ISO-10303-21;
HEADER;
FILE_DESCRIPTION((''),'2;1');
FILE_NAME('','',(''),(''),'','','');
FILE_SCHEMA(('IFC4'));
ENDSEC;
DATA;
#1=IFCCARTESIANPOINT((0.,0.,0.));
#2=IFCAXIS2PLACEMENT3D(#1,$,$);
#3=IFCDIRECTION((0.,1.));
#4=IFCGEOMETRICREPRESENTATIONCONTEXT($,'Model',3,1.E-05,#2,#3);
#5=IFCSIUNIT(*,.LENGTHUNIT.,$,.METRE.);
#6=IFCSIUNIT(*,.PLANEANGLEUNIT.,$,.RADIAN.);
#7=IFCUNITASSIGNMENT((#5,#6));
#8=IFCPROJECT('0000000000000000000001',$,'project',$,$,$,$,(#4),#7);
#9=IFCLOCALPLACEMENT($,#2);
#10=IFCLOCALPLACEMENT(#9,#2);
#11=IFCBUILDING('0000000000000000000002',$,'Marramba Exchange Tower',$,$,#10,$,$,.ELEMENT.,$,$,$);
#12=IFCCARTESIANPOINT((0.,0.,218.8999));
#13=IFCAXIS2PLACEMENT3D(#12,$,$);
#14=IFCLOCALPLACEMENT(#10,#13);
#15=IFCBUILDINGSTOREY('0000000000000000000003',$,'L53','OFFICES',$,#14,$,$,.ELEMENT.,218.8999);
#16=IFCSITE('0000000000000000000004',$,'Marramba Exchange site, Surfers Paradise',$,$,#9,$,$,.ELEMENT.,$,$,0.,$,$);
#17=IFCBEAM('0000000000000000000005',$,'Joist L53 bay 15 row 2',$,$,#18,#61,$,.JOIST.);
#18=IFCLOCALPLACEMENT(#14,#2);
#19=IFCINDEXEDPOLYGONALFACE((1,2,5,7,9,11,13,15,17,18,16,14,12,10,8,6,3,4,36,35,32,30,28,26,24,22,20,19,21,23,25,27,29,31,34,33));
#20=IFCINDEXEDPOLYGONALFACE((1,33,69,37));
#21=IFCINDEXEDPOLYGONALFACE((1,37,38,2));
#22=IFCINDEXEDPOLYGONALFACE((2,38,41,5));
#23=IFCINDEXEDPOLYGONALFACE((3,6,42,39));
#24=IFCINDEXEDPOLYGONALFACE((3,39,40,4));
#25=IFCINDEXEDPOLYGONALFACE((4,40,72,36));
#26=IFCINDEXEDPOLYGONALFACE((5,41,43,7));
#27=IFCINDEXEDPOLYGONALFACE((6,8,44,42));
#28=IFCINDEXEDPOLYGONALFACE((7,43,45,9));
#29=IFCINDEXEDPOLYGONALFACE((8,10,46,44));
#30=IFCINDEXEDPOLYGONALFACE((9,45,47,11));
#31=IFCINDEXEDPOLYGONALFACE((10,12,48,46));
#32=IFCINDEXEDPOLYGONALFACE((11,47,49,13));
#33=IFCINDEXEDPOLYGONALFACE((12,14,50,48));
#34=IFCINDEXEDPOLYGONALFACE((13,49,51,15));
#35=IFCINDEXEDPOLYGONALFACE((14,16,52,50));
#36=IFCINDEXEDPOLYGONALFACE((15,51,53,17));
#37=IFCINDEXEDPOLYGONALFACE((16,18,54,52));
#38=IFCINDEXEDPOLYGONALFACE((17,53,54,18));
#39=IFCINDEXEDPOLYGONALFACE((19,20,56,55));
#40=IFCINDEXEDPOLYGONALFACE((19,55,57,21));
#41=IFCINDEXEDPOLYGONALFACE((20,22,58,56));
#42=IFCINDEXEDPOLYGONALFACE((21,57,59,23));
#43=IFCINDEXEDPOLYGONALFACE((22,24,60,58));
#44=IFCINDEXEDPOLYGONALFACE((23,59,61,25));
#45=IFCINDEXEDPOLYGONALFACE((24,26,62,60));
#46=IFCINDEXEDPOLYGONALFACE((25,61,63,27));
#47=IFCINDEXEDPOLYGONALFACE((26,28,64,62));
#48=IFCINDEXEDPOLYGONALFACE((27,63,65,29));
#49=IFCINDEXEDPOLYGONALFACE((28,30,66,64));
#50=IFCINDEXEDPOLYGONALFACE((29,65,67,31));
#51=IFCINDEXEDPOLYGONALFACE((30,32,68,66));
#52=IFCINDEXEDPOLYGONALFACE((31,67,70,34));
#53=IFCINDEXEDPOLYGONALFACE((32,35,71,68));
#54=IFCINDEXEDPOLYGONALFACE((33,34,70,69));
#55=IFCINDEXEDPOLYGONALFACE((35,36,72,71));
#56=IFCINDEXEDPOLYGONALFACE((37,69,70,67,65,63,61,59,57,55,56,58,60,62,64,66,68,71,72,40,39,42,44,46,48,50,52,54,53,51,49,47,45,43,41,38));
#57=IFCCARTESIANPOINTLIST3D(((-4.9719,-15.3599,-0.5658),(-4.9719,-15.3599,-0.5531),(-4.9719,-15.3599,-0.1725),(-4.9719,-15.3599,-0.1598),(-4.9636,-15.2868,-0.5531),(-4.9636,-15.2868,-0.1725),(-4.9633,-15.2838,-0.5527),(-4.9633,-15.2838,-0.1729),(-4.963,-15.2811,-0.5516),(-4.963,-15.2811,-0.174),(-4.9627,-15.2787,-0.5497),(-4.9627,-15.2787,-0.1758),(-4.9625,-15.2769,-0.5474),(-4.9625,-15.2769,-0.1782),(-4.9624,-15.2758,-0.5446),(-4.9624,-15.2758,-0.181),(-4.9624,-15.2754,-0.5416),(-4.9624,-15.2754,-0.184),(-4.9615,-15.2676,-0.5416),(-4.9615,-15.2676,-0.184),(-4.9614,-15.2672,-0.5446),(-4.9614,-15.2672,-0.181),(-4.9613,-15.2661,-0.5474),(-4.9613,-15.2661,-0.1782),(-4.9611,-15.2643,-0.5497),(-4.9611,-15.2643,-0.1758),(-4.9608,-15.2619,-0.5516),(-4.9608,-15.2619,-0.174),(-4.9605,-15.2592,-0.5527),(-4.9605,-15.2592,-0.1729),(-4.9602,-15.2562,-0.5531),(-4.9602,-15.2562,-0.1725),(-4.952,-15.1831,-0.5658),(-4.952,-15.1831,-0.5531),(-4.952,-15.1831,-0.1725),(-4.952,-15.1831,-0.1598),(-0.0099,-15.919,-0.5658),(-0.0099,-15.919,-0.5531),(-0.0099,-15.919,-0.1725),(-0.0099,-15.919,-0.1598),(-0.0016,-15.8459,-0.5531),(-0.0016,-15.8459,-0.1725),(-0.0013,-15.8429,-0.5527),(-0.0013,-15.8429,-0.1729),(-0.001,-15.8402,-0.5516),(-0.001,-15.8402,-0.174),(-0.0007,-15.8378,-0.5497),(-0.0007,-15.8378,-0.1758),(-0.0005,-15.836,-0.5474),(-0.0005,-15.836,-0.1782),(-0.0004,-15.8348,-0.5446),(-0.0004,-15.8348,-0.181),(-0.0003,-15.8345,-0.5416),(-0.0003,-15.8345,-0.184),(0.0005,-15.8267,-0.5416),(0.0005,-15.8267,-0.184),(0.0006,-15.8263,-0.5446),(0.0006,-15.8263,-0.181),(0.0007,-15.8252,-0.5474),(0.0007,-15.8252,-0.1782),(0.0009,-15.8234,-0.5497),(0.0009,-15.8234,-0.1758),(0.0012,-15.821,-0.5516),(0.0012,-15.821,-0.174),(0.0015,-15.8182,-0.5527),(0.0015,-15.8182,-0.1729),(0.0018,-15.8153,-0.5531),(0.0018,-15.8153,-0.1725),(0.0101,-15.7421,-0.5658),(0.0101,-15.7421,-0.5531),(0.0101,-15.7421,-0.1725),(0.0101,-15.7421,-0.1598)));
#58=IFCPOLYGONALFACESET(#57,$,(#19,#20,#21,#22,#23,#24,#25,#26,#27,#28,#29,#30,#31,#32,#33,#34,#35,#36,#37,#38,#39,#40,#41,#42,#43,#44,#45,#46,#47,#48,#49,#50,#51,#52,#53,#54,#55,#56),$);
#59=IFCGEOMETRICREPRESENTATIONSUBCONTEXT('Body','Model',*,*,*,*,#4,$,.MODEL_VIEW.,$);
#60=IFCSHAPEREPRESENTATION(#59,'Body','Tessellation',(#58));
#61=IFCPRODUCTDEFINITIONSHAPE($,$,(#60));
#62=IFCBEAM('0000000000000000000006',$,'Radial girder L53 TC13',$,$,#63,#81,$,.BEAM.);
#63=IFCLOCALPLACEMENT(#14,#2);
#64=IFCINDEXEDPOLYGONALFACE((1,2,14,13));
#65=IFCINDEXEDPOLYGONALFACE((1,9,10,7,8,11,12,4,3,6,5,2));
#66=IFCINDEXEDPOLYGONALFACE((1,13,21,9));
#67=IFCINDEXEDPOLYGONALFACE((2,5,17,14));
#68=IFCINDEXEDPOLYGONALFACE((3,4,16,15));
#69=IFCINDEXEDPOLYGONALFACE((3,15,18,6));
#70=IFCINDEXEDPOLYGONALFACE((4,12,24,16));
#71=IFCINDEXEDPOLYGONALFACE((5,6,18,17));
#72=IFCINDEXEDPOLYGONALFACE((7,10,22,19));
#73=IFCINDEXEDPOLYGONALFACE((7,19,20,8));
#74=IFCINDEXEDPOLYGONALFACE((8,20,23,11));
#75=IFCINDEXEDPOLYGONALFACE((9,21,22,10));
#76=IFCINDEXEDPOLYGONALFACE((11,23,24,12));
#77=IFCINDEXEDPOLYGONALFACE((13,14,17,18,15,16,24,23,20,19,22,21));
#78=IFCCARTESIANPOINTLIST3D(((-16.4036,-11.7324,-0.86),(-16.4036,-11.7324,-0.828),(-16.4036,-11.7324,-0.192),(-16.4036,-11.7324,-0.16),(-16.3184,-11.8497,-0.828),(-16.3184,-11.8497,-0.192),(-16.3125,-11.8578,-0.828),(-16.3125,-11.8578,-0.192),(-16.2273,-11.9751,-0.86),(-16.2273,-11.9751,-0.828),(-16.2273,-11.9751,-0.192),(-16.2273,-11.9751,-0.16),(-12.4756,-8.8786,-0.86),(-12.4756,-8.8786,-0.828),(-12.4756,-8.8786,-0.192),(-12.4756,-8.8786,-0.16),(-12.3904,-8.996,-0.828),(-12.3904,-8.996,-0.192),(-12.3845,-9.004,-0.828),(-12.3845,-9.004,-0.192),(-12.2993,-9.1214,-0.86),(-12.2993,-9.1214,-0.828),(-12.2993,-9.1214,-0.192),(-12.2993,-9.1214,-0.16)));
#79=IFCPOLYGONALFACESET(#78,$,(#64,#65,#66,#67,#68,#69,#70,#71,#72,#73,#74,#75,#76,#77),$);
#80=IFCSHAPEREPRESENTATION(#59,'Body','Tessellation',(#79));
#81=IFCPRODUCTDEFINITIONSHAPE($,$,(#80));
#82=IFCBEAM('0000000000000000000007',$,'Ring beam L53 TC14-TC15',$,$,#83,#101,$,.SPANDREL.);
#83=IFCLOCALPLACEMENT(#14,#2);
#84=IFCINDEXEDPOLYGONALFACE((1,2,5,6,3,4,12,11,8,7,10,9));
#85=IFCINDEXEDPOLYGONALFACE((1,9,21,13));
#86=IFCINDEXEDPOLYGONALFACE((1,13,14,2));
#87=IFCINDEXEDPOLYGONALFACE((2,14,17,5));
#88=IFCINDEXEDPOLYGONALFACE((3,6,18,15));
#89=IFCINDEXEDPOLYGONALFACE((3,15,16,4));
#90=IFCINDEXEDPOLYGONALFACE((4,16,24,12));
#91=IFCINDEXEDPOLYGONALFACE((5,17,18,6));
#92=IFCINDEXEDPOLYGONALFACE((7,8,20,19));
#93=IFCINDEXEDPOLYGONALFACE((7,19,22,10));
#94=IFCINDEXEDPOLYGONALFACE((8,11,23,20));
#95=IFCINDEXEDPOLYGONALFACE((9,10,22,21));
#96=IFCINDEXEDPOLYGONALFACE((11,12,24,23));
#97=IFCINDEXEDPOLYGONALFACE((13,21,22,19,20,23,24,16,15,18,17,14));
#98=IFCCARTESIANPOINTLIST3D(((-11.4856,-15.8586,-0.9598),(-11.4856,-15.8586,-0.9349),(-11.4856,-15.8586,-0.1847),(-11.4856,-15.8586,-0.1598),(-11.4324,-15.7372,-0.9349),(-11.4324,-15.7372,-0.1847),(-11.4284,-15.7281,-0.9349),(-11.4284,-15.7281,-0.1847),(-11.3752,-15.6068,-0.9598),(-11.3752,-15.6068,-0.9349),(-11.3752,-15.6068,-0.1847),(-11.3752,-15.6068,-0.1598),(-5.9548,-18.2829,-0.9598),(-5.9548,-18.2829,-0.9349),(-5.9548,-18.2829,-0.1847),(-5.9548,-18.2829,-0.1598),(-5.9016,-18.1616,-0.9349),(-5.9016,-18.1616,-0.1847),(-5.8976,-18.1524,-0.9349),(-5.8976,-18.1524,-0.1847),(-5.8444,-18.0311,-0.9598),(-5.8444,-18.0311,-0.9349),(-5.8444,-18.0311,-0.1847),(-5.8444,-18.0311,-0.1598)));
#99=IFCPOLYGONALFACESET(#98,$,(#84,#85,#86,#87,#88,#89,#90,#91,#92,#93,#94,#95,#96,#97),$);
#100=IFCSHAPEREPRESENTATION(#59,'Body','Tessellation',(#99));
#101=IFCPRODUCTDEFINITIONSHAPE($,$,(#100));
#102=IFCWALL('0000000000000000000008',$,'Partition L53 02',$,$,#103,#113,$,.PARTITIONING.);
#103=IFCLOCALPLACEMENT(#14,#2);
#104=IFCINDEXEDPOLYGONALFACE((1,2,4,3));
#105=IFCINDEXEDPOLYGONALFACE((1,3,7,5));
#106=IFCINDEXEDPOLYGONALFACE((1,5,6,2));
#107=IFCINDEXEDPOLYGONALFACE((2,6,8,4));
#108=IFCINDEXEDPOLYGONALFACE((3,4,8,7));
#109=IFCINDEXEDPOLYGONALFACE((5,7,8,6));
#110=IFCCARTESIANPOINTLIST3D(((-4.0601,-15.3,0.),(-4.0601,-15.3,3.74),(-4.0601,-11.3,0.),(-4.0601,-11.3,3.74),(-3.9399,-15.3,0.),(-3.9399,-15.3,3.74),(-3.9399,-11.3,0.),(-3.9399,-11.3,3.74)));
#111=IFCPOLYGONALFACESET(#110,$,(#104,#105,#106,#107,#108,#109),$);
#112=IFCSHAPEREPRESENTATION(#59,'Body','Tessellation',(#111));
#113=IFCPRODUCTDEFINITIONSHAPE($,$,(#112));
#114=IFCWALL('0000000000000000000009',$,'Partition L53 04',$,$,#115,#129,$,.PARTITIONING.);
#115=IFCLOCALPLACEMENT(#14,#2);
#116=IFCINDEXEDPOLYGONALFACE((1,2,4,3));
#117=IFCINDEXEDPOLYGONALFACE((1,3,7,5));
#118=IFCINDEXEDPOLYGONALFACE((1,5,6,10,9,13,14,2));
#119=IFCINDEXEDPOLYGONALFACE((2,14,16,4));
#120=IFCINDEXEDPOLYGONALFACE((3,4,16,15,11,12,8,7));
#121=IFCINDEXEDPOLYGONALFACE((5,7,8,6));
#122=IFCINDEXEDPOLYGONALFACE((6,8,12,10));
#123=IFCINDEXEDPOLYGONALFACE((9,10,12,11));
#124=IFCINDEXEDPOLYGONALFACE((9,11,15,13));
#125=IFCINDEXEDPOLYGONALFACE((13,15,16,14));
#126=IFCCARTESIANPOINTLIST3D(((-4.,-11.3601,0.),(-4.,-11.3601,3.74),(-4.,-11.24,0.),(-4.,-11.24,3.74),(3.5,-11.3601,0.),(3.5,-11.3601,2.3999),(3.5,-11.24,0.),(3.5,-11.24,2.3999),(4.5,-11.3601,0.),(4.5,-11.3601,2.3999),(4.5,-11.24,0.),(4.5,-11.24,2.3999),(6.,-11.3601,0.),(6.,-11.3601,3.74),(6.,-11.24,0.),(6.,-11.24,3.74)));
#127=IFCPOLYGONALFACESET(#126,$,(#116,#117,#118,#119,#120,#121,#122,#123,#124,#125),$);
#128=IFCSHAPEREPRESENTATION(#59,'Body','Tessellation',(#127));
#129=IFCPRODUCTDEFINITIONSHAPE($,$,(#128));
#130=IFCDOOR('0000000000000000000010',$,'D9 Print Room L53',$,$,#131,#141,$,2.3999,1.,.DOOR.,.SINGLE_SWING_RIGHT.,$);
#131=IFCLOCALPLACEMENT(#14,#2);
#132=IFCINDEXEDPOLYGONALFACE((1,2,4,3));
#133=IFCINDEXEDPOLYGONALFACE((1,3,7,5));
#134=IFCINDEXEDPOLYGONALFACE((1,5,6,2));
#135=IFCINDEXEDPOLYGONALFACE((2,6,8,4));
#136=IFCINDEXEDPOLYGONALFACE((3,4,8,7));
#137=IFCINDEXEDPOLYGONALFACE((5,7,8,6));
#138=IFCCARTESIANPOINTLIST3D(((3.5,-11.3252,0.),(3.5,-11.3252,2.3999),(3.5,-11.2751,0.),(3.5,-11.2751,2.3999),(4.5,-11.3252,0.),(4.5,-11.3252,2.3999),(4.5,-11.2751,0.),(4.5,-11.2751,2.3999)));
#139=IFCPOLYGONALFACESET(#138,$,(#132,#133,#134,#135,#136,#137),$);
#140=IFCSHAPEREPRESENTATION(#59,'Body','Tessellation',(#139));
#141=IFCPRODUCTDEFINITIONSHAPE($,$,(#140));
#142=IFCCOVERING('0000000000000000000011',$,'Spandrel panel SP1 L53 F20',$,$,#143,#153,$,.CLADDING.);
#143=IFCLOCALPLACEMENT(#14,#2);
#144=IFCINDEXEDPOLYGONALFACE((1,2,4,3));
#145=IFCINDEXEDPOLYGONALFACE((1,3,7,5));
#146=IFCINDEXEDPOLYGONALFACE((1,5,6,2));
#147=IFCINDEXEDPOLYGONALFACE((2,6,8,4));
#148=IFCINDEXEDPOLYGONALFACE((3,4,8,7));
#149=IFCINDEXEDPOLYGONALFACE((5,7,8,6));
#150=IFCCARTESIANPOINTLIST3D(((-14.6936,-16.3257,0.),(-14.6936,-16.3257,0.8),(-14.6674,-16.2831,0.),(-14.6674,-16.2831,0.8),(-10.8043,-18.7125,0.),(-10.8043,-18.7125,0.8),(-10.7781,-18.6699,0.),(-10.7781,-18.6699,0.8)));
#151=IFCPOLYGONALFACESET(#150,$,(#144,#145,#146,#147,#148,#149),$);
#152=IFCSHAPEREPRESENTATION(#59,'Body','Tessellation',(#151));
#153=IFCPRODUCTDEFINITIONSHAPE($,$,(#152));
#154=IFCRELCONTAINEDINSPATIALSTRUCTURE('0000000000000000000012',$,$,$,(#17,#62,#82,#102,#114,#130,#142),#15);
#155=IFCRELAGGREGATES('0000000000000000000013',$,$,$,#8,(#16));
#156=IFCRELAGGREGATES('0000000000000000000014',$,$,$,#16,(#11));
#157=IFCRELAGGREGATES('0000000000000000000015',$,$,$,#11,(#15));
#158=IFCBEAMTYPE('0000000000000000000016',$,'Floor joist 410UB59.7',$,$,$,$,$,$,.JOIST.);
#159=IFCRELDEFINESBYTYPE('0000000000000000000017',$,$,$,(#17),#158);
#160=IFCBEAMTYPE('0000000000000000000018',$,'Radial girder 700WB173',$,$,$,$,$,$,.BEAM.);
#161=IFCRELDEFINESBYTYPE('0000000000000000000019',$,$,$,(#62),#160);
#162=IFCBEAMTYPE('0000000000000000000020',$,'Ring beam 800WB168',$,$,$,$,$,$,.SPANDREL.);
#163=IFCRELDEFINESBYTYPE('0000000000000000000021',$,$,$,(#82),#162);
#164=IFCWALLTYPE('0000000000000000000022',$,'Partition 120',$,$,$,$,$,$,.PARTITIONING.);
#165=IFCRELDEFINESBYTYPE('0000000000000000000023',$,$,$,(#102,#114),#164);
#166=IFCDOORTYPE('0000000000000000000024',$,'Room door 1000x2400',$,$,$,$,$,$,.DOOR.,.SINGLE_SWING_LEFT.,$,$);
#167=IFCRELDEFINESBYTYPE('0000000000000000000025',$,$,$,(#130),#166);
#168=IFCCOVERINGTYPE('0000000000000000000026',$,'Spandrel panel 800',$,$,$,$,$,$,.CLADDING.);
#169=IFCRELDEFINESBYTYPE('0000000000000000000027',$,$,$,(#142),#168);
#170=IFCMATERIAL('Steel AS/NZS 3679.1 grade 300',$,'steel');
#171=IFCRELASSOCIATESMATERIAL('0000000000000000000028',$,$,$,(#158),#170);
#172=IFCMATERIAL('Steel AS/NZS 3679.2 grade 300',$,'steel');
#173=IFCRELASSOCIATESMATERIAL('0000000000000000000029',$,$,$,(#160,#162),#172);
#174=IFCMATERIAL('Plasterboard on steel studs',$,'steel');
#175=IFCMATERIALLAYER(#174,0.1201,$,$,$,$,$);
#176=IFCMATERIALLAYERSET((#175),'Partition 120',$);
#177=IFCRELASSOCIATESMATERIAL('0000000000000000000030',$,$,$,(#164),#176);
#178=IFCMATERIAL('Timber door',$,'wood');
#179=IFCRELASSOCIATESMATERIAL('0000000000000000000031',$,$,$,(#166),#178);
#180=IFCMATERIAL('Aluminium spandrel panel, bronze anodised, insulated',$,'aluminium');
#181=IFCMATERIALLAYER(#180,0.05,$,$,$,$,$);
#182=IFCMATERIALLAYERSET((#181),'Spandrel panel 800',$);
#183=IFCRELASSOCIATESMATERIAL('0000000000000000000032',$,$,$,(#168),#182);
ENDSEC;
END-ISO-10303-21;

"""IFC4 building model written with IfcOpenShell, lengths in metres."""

from ifc_helpers import new_model, si_unit, direction, frame, frame_2d, origin, origin_2d, place, context, subcontext, project, spatial, rectangle, i_section, extrude, material, layer, layer_set, material_profile, profile_set, type_object, element, fill, save


model = new_model("IFC4")

# Units and contexts
model_context = context("Model", 3, precision=1e-05, world=origin(), true_north=direction((0.0, 1.0)))
body_context = subcontext(model_context, "Body", "Model", "MODEL_VIEW")
ifc_project = project(units=[si_unit("LENGTHUNIT", "METRE"), si_unit("PLANEANGLEUNIT", "RADIAN")], contexts=[model_context])

# Site, building, storey
site_placement = place(None, origin())
site = spatial("IfcSite", under=ifc_project, at=site_placement, Name="Marramba Exchange site, Surfers Paradise", CompositionType="ELEMENT", RefElevation=0.0)
building_placement = place(site_placement, origin())
building = spatial("IfcBuilding", under=site, at=building_placement, Name="Marramba Exchange Tower", CompositionType="ELEMENT")
storey_placement = place(building_placement, frame((0.0, 0.0, 218.8999)))
storey = spatial("IfcBuildingStorey", under=building, at=storey_placement, Name="L53", Description="OFFICES", CompositionType="ELEMENT", Elevation=218.8999)

# Beams
ifc_material_1 = material(Name="Steel AS/NZS 3679.2 grade 300", Category="steel")
ifc_material_2 = material(Name="Steel AS/NZS 3679.1 grade 300", Category="steel")
ifc_material_profile_1 = material_profile(ifc_material_2, i_section(OverallWidth=0.178, OverallDepth=0.406, WebThickness=0.0078, FlangeThickness=0.0127, FilletRadius=0.0115, at=origin_2d()), Name="410UB59.7")
ifc_profile_set_1 = profile_set([ifc_material_profile_1], Name="Steel AS/NZS 3679.1 grade 300")
beam_type_1 = type_object("IfcBeamType", Name="Floor joist 410UB59.7", PredefinedType="JOIST", material=ifc_profile_set_1)
beam_1_placement = place(storey_placement, frame((-4.9619, -15.2715, -0.3628), z_axis=(0.993712, -0.111966, 0.0), x_axis=(0.111966, 0.993712, 0.0)))
element("IfcBeam", 1, at=beam_1_placement, inside=storey, type_object=beam_type_1, Name="Joist L53 bay 15 row 2", PredefinedType="JOIST", context=body_context, shape_type="SweptSolid", body=[
    extrude(i_section(OverallWidth=0.178, OverallDepth=0.406, WebThickness=0.0078, FlangeThickness=0.0127, FilletRadius=0.0115, at=origin_2d()), origin(), (0.0, 0.0, 1.0), 4.9934),
])
ifc_material_profile_2 = material_profile(ifc_material_1, i_section(OverallWidth=0.3, OverallDepth=0.7, WebThickness=0.01, FlangeThickness=0.032, at=origin_2d()), Name="700WB173")
ifc_profile_set_2 = profile_set([ifc_material_profile_2], Name="Steel AS/NZS 3679.2 grade 300")
beam_type_2 = type_object("IfcBeamType", Name="Radial girder 700WB173", PredefinedType="BEAM", material=ifc_profile_set_2)
beam_2_placement = place(storey_placement, frame((-12.3875, -9.0, -0.51), z_axis=(-0.809025, -0.587774, 0.0), x_axis=(0.587774, -0.809025, 0.0)))
element("IfcBeam", 2, at=beam_2_placement, inside=storey, type_object=beam_type_2, Name="Radial girder L53 TC13", PredefinedType="BEAM", context=body_context, shape_type="SweptSolid", body=[
    extrude(i_section(OverallWidth=0.3, OverallDepth=0.7, WebThickness=0.01, FlangeThickness=0.032, at=origin_2d()), origin(), (0.0, 0.0, 1.0), 4.8552),
])
ifc_material_profile_3 = material_profile(ifc_material_1, i_section(OverallWidth=0.2749, OverallDepth=0.8, WebThickness=0.01, FlangeThickness=0.0249, at=origin_2d()), Name="800WB168")
ifc_profile_set_3 = profile_set([ifc_material_profile_3], Name="Steel AS/NZS 3679.2 grade 300")
beam_type_3 = type_object("IfcBeamType", Name="Ring beam 800WB168", PredefinedType="SPANDREL", material=ifc_profile_set_3)
beam_3_placement = place(storey_placement, frame((-11.4304, -15.7327, -0.5598), z_axis=(0.915877, -0.401459, 0.0), x_axis=(0.401459, 0.915877, 0.0)))
element("IfcBeam", 3, at=beam_3_placement, inside=storey, type_object=beam_type_3, Name="Ring beam L53 TC14-TC15", PredefinedType="SPANDREL", context=body_context, shape_type="SweptSolid", body=[
    extrude(i_section(OverallWidth=0.2749, OverallDepth=0.8, WebThickness=0.01, FlangeThickness=0.0249, at=origin_2d()), origin(), (0.0, 0.0, 1.0), 6.0388),
])

# Wall
ifc_material_3 = material(Name="Plasterboard on steel studs", Category="steel")
ifc_layer_1 = layer(ifc_material_3, 0.1201)
ifc_layer_set_1 = layer_set([ifc_layer_1], Name="Partition 120")
wall_type = type_object("IfcWallType", Name="Partition 120", PredefinedType="PARTITIONING", material=ifc_layer_set_1)
wall_1_placement = place(storey_placement, frame((-4.0, -15.3, 0.0), z_axis=(0.0, 0.0, 1.0), x_axis=(0.0, 1.0, 0.0)))
element("IfcWall", 4, at=wall_1_placement, inside=storey, type_object=wall_type, Name="Partition L53 02", PredefinedType="PARTITIONING", context=body_context, shape_type="SweptSolid", body=[
    extrude(rectangle(XDim=4.0, YDim=0.1201, at=frame_2d((2.0, 0.0))), origin(), (0.0, 0.0, 1.0), 3.74),
])

# Wall, opening, door
wall_2_placement = place(storey_placement, frame((-4.0, -11.3, 0.0), z_axis=(0.0, 0.0, 1.0), x_axis=(1.0, 0.0, 0.0)))
wall_2 = element("IfcWall", 5, at=wall_2_placement, inside=storey, type_object=wall_type, Name="Partition L53 04", PredefinedType="PARTITIONING", context=body_context, shape_type="SweptSolid", body=[
    extrude(rectangle(XDim=10.0, YDim=0.1201, at=frame_2d((5.0, 0.0))), origin(), (0.0, 0.0, 1.0), 3.74),
])
opening_placement = place(wall_2_placement, frame((7.5, 0.0, 0.0)))
opening = element("IfcOpeningElement", 6, at=opening_placement, cuts=wall_2, PredefinedType="OPENING", context=body_context, shape_type="SweptSolid", body=[
    extrude(rectangle(XDim=1.0, YDim=2.3999, at=frame_2d((0.5, 1.2))), frame((0.0, 0.0701, 0.0), z_axis=(0.0, -1.0, 0.0), x_axis=(1.0, 0.0, 0.0)), (0.0, 0.0, 1.0), 0.1401),
])
ifc_material_4 = material(Name="Timber door", Category="wood")
door_type = type_object("IfcDoorType", Name="Room door 1000x2400", OperationType="SINGLE_SWING_LEFT", PredefinedType="DOOR", material=ifc_material_4)
door_placement = place(opening_placement, frame((1.0, 0.0, 0.0), z_axis=(0.0, 0.0, 1.0), x_axis=(-1.0, 0.0, 0.0)))
door = element("IfcDoor", 7, at=door_placement, inside=storey, type_object=door_type, Name="D9 Print Room L53", OperationType="SINGLE_SWING_RIGHT", OverallHeight=2.3999, OverallWidth=1.0, PredefinedType="DOOR", context=body_context, shape_type="SweptSolid", body=[
    extrude(rectangle(XDim=1.0, YDim=2.3999, at=frame_2d((0.5, 1.2))), frame((0.0, 0.0251, 0.0), z_axis=(0.0, -1.0, 0.0), x_axis=(1.0, 0.0, 0.0)), (0.0, 0.0, 1.0), 0.05),
])
fill(opening, door)

# Covering
ifc_material_5 = material(Name="Aluminium spandrel panel, bronze anodised, insulated", Category="aluminium")
ifc_layer_2 = layer(ifc_material_5, 0.05)
ifc_layer_set_2 = layer_set([ifc_layer_2], Name="Spandrel panel 800")
covering_type = type_object("IfcCoveringType", Name="Spandrel panel 800", PredefinedType="CLADDING", material=ifc_layer_set_2)
covering_placement = place(storey_placement, frame((-12.7358, -17.4978, 0.0), z_axis=(0.0, 0.0, 1.0), x_axis=(0.852301, -0.523052, 0.0)))
element("IfcCovering", 8, at=covering_placement, inside=storey, type_object=covering_type, Name="Spandrel panel SP1 L53 F20", PredefinedType="CLADDING", context=body_context, shape_type="SweptSolid", body=[
    extrude(rectangle(XDim=4.5632, YDim=0.05, at=origin_2d()), origin(), (0.0, 0.0, 1.0), 0.8),
])

save(model, "model.ifc")
